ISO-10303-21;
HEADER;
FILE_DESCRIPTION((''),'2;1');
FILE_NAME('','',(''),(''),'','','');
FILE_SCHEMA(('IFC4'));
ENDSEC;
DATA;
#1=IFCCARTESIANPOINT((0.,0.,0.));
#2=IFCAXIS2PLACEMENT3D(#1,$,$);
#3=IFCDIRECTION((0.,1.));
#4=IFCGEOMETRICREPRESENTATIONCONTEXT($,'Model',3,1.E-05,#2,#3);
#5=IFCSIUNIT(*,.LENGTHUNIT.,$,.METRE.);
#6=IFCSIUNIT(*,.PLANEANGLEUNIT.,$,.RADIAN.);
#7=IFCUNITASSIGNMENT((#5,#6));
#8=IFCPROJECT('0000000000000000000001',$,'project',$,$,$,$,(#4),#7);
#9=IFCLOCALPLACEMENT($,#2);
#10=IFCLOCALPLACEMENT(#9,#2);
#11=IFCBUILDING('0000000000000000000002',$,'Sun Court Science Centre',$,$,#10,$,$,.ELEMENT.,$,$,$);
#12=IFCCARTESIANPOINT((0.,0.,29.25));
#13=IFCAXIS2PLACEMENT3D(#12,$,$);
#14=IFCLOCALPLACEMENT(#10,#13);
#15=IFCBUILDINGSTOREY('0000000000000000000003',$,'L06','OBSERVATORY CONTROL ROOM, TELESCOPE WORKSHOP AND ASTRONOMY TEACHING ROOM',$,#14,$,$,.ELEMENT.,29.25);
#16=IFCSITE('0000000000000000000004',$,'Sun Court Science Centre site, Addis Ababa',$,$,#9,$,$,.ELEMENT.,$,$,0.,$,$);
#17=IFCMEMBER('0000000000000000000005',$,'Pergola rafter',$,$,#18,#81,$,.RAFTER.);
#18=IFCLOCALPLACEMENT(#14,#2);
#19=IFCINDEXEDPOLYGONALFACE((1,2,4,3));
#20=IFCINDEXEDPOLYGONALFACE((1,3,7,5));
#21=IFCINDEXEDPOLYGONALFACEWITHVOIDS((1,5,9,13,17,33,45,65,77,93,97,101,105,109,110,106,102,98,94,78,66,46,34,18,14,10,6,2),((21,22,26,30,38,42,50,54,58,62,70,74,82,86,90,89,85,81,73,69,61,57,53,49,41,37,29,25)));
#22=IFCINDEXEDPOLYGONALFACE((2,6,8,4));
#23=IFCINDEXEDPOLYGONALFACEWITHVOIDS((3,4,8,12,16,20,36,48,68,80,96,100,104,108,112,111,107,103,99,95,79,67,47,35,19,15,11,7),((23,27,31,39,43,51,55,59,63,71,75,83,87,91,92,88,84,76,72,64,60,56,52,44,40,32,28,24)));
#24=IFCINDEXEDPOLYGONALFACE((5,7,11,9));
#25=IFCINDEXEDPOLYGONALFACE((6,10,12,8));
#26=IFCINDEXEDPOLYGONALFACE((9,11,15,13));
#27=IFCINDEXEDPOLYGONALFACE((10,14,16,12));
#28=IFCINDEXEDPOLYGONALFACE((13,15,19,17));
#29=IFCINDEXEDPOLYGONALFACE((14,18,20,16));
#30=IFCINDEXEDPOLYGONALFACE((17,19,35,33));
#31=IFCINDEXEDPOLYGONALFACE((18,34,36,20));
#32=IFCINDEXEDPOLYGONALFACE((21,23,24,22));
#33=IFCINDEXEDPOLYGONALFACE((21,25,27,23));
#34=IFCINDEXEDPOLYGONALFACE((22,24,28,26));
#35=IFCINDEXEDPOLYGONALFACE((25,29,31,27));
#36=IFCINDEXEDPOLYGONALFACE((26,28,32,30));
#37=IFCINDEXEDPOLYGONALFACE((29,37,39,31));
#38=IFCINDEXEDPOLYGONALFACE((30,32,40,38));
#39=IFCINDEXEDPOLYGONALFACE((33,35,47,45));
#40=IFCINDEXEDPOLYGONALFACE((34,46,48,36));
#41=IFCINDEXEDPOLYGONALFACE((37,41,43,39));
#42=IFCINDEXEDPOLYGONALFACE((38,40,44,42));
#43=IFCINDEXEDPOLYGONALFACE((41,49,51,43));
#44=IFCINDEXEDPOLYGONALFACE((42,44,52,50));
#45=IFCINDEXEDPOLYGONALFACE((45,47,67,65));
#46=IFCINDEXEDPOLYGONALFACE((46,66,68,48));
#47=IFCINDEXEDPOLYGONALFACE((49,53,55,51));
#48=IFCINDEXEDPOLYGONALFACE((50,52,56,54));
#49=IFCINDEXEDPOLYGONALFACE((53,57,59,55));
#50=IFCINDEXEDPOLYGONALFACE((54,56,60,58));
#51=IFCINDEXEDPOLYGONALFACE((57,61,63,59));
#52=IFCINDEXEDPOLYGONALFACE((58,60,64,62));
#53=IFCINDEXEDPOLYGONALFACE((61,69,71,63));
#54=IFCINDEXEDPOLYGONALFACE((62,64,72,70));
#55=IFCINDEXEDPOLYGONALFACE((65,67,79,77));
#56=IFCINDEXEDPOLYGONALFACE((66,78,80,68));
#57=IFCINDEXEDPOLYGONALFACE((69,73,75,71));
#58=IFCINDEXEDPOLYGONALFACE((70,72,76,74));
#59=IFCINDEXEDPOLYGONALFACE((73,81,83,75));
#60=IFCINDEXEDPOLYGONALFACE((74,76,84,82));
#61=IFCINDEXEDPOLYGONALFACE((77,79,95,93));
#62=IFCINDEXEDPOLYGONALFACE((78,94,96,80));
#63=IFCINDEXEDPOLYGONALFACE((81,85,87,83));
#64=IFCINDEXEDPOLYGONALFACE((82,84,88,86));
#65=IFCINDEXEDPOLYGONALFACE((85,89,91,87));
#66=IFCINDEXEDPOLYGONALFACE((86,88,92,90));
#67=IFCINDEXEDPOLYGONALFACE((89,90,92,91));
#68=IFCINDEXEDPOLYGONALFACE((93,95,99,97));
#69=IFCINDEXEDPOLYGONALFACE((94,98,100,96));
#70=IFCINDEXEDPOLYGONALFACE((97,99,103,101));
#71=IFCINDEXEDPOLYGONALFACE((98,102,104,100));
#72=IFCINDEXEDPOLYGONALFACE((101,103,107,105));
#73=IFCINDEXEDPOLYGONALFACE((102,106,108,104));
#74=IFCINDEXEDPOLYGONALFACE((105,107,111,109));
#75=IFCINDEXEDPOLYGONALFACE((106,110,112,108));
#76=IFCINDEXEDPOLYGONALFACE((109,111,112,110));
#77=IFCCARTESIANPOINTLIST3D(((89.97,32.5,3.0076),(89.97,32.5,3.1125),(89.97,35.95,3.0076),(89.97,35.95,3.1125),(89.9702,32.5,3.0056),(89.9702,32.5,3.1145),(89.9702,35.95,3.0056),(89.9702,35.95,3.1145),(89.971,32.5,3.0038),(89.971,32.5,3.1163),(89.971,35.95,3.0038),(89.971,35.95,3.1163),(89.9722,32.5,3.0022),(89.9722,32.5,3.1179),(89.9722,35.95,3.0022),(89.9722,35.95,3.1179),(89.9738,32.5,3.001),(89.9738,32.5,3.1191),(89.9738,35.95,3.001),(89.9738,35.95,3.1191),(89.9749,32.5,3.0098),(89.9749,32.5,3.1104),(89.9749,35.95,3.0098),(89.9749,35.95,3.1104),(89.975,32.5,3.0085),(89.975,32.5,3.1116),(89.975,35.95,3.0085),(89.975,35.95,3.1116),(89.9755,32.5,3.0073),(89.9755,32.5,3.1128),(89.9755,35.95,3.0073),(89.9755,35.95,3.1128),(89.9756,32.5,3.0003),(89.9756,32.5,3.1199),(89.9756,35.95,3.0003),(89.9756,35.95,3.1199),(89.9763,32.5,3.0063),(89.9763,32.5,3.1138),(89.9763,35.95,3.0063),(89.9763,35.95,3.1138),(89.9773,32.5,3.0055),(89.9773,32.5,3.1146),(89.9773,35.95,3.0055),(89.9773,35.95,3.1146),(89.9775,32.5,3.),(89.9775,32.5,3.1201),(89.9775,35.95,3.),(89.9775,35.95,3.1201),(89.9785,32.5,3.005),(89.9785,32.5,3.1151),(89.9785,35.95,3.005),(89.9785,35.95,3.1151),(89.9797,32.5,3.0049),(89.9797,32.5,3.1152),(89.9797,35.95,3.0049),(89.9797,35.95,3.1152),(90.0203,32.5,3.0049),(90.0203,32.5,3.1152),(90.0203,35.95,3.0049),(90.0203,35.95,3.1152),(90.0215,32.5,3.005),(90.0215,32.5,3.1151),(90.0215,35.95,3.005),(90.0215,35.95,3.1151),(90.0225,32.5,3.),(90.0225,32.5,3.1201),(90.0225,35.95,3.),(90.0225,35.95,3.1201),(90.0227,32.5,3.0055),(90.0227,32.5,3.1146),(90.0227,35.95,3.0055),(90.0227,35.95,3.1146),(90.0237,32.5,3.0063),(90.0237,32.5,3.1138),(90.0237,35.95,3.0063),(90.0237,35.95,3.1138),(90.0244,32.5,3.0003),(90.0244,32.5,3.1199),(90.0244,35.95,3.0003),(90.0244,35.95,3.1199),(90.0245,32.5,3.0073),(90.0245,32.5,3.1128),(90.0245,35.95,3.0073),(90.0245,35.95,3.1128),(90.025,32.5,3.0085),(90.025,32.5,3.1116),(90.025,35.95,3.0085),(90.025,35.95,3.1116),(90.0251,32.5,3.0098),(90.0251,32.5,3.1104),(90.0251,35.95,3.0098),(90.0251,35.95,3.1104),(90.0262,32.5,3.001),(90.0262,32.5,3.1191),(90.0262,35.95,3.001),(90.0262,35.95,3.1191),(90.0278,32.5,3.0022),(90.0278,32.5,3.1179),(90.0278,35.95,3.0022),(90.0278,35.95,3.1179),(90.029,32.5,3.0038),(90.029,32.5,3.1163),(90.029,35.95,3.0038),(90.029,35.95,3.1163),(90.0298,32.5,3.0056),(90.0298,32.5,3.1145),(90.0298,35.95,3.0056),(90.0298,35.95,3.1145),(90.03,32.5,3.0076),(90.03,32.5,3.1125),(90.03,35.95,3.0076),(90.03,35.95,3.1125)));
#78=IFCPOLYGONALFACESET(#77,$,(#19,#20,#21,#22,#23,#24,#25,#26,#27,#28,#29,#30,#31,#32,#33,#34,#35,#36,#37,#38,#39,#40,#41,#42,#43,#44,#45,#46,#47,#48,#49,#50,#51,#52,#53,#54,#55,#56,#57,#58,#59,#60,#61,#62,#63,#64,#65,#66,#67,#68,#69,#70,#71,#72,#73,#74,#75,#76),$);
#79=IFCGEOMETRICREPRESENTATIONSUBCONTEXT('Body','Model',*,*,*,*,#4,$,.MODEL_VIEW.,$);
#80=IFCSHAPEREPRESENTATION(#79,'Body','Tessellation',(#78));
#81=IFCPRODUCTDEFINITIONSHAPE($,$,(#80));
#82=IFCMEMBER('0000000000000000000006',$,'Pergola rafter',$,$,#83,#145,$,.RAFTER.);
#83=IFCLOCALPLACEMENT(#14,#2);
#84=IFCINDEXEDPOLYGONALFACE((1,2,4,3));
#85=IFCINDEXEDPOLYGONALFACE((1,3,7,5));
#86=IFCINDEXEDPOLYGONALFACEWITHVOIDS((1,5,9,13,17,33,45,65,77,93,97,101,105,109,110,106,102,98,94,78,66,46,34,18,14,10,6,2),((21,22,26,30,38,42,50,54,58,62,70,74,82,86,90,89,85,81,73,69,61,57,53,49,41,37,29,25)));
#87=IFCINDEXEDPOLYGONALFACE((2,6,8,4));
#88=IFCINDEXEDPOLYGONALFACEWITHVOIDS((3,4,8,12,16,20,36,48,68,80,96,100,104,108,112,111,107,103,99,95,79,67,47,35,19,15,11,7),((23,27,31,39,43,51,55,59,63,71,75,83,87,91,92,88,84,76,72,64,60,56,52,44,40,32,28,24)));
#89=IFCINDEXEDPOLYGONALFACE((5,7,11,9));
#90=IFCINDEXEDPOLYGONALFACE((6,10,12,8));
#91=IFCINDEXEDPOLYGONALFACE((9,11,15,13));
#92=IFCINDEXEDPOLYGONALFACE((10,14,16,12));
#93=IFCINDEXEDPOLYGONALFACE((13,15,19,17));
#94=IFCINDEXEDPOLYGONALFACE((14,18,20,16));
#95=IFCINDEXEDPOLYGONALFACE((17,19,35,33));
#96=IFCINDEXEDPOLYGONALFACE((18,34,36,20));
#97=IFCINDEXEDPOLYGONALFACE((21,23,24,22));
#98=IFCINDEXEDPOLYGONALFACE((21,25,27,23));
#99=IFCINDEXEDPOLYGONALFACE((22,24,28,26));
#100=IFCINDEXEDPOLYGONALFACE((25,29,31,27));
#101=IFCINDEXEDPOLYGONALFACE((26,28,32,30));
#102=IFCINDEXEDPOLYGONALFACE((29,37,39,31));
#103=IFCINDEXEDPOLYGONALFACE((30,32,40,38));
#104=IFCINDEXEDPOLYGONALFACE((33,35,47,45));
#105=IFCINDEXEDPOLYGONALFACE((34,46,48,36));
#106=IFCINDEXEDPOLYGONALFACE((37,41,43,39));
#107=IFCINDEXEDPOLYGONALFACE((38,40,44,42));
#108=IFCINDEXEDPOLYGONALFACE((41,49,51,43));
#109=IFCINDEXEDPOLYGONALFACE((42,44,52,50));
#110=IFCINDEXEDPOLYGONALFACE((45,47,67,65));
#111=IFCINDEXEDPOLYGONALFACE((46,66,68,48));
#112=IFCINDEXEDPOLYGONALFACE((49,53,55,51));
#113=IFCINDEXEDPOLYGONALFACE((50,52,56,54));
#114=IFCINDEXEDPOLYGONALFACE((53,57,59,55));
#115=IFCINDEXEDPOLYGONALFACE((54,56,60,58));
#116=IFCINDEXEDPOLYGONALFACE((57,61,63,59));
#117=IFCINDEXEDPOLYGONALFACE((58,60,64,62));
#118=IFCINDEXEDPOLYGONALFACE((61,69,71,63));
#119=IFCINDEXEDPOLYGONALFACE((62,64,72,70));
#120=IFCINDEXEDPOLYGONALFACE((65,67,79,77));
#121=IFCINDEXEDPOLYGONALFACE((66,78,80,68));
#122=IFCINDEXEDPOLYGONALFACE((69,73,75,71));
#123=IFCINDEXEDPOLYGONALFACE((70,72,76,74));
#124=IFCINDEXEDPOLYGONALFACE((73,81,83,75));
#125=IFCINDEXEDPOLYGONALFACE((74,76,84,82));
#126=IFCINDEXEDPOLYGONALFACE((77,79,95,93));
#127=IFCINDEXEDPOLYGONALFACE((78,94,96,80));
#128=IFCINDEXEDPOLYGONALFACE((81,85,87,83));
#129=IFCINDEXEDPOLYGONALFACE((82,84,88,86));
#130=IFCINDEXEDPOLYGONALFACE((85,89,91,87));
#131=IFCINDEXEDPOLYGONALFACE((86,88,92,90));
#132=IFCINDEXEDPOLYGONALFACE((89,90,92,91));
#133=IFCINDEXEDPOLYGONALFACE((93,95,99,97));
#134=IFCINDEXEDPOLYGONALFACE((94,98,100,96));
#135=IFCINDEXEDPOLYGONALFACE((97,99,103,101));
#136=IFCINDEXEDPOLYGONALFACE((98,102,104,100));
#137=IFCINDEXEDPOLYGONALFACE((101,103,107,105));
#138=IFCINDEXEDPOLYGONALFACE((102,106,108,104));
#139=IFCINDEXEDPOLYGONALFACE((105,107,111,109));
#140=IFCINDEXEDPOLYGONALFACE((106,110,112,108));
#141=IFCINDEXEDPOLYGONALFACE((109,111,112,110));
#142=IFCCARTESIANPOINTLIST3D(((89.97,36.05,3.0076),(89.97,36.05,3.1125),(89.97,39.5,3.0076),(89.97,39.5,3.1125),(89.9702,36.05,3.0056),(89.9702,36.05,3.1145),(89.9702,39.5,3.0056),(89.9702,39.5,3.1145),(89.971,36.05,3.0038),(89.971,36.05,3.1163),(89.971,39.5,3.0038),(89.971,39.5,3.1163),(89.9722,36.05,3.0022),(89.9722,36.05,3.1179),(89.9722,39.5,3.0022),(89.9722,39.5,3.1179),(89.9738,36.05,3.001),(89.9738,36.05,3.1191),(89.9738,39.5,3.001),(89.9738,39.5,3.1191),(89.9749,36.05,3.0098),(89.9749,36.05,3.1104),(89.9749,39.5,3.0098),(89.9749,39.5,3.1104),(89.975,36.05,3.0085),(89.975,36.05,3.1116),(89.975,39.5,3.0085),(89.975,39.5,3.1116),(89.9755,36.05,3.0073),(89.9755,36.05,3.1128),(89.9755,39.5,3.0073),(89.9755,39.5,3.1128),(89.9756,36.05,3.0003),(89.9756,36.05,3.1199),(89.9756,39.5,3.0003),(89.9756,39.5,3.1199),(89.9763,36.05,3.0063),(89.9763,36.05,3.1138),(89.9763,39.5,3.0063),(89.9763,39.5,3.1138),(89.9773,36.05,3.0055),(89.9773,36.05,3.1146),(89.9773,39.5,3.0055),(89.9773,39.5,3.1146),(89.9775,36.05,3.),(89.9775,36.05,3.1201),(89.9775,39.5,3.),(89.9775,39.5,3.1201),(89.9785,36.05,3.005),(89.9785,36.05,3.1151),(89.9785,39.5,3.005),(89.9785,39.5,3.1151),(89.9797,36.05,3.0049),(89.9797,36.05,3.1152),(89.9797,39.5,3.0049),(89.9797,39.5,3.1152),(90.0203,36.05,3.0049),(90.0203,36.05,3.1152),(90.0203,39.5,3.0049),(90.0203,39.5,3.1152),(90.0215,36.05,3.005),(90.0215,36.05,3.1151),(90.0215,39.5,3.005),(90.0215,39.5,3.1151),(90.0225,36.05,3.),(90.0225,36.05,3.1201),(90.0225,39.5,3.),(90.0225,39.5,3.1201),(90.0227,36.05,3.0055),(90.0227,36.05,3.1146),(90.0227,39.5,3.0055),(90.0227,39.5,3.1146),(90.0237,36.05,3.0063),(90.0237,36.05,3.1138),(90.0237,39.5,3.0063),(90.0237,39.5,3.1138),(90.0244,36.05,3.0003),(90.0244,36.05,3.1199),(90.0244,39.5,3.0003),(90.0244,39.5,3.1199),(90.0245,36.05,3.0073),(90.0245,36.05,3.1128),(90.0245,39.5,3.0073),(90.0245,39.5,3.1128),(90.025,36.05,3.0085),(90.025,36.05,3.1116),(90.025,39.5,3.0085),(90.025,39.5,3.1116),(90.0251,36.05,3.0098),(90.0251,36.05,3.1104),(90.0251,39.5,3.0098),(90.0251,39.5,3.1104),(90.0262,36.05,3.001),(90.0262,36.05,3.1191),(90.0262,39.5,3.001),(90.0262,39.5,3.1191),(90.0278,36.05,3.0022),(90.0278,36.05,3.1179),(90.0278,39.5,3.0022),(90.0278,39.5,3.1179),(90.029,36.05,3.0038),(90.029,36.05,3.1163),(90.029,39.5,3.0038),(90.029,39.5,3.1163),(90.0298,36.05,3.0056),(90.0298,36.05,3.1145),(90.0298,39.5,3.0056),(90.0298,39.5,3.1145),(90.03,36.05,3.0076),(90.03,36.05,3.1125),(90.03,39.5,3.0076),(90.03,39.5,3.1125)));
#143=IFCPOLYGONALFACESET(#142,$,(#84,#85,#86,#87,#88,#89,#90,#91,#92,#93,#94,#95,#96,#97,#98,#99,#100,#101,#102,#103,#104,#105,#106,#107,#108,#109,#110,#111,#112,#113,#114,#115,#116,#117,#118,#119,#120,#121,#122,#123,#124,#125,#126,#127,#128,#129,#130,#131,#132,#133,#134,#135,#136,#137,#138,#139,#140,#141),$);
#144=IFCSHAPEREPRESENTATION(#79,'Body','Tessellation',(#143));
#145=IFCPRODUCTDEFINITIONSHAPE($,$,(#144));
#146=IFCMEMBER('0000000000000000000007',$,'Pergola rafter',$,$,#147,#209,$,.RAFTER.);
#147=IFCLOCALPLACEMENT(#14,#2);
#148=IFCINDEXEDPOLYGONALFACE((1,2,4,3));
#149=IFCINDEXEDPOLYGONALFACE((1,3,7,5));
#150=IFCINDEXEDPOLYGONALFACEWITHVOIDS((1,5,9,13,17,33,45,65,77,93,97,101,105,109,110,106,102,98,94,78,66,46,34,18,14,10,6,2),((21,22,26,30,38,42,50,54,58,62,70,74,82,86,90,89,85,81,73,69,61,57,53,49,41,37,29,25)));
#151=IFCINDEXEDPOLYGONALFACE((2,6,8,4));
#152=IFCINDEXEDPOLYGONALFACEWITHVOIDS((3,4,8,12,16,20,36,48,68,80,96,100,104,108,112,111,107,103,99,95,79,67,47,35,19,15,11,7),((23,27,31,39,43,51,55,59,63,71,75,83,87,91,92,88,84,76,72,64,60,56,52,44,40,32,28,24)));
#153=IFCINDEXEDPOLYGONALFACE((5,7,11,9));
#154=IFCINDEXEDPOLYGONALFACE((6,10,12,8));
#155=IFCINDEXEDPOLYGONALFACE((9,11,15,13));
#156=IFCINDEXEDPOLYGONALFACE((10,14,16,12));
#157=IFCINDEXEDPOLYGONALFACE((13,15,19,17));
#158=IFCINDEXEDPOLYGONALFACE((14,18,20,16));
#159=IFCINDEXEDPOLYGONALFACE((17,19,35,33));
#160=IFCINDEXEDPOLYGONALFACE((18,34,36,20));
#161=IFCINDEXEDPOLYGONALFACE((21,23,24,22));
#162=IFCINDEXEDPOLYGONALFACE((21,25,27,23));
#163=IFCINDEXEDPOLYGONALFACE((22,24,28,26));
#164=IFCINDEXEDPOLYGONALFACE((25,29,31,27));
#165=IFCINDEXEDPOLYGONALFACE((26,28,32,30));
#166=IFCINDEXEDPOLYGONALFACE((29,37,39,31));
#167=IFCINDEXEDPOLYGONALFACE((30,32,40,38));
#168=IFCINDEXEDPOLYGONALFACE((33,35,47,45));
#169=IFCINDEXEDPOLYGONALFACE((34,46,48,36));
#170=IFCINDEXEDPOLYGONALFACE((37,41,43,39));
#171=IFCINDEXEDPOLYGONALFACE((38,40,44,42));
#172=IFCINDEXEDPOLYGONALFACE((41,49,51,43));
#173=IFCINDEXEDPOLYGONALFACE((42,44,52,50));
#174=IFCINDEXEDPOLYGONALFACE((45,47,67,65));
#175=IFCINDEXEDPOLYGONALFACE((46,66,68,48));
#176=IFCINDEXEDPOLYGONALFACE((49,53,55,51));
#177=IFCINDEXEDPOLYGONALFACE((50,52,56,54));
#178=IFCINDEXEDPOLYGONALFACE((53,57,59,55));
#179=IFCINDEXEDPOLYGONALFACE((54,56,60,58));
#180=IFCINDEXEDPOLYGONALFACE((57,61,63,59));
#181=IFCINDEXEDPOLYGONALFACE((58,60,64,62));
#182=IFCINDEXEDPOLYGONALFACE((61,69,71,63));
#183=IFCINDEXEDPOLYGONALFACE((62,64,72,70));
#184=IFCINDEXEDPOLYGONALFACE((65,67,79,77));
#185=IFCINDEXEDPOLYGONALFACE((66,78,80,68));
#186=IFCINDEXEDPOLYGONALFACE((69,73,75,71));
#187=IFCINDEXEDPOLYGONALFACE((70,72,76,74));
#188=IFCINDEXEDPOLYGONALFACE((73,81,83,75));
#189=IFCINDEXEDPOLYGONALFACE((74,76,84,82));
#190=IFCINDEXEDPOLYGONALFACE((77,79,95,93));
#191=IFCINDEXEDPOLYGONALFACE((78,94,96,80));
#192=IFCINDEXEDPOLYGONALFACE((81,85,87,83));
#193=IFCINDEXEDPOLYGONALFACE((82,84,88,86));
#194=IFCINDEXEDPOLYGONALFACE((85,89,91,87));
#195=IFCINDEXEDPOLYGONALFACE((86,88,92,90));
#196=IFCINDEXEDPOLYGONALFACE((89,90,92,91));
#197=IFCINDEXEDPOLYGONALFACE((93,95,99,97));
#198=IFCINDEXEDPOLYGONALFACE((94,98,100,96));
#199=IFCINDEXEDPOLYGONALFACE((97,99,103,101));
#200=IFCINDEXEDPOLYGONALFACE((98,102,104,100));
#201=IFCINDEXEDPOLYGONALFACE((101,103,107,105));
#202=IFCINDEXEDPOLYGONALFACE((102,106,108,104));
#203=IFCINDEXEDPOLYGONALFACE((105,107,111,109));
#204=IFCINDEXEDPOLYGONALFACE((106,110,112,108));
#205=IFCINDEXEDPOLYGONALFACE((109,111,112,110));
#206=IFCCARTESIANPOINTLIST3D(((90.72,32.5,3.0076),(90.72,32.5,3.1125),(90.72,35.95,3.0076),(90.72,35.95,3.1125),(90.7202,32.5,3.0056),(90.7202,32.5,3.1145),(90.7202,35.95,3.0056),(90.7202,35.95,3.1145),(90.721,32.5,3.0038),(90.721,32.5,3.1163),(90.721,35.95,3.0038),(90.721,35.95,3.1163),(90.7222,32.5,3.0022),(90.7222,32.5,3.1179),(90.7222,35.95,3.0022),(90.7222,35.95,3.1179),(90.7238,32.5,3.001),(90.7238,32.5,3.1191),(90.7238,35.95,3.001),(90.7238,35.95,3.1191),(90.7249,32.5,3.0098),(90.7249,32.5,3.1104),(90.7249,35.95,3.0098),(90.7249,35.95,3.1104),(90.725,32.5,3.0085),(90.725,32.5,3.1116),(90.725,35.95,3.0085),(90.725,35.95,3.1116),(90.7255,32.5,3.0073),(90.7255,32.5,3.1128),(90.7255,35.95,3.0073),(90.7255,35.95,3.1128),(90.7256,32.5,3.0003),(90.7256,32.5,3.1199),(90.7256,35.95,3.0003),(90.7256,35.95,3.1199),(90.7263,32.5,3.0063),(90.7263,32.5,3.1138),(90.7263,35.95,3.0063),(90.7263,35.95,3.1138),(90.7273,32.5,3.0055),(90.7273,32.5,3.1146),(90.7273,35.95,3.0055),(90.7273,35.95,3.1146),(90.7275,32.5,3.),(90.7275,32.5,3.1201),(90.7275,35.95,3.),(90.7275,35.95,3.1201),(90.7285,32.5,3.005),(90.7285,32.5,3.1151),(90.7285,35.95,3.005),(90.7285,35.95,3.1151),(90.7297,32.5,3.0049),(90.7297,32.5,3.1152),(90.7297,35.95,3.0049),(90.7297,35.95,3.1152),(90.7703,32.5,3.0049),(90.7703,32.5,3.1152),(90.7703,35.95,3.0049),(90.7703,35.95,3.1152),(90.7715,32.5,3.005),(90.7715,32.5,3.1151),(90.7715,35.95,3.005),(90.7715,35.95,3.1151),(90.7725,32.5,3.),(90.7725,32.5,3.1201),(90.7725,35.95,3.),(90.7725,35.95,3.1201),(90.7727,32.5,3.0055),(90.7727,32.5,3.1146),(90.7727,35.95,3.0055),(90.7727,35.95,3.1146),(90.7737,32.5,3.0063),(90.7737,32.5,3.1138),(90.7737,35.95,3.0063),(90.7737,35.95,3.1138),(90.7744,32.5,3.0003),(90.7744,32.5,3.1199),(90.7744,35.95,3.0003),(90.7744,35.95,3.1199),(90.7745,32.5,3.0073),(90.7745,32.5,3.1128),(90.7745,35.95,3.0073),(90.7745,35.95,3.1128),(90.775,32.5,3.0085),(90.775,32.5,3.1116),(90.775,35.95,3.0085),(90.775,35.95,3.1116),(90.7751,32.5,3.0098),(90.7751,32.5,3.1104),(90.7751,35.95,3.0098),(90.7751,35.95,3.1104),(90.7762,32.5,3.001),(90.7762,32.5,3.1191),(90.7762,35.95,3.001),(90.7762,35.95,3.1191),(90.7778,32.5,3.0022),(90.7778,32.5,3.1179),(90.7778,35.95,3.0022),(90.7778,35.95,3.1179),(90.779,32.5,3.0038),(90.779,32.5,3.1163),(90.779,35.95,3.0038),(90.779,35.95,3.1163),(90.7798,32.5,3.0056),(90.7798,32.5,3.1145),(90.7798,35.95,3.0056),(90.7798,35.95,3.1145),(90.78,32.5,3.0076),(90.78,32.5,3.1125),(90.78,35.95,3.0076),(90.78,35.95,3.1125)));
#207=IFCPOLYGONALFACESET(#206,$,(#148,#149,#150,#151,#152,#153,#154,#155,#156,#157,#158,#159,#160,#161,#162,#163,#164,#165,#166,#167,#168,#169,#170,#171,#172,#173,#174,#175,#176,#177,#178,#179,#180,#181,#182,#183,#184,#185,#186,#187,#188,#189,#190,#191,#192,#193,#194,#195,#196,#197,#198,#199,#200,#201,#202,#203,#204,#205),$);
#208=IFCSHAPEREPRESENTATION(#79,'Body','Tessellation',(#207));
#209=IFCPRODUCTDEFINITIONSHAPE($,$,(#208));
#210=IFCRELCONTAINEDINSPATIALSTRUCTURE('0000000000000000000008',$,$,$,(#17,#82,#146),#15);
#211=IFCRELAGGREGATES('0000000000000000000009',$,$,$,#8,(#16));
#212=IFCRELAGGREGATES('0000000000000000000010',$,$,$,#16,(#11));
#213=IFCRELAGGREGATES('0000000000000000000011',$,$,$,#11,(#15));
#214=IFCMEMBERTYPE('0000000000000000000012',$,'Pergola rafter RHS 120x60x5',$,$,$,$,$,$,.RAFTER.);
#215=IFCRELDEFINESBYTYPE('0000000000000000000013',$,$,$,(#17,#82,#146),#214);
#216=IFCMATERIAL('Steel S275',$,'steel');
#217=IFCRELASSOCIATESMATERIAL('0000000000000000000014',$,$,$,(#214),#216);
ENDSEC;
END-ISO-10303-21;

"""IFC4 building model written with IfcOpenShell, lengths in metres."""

from ifc_helpers import new_model, si_unit, direction, frame, origin, origin_2d, place, context, subcontext, project, spatial, hollow_rectangle, extrude, material, material_profile, profile_set, type_object, element, save


model = new_model("IFC4")

# Units and contexts
model_context = context("Model", 3, precision=1e-05, world=origin(), true_north=direction((0.0, 1.0)))
body_context = subcontext(model_context, "Body", "Model", "MODEL_VIEW")
ifc_project = project(units=[si_unit("LENGTHUNIT", "METRE"), si_unit("PLANEANGLEUNIT", "RADIAN")], contexts=[model_context])

# Site, building, storey
site_placement = place(None, origin())
site = spatial("IfcSite", under=ifc_project, at=site_placement, Name="Sun Court Science Centre site, Addis Ababa", CompositionType="ELEMENT", RefElevation=0.0)
building_placement = place(site_placement, origin())
building = spatial("IfcBuilding", under=site, at=building_placement, Name="Sun Court Science Centre", CompositionType="ELEMENT")
storey_placement = place(building_placement, frame((0.0, 0.0, 29.25)))
storey = spatial("IfcBuildingStorey", under=building, at=storey_placement, Name="L06", Description="OBSERVATORY CONTROL ROOM, TELESCOPE WORKSHOP AND ASTRONOMY TEACHING ROOM", CompositionType="ELEMENT", Elevation=29.25)

# Members
ifc_material_1 = material(Name="Steel S275", Category="steel")
ifc_material_profile_1 = material_profile(ifc_material_1, hollow_rectangle(XDim=0.0601, YDim=0.1201, WallThickness=0.0049, InnerFilletRadius=0.0049, OuterFilletRadius=0.0076, at=origin_2d()), Name="RHS 120x60x5")
ifc_profile_set_1 = profile_set([ifc_material_profile_1], Name="Steel S275")
member_type_1 = type_object("IfcMemberType", Name="Pergola rafter RHS 120x60x5", PredefinedType="RAFTER", material=ifc_profile_set_1)
for number, where, z_axis, x_axis, name in (
    (1, (90.0, 32.5, 3.0601), (0.0, 1.0, 0.0), (-1.0, 0.0, 0.0), "Pergola rafter"),
    (2, (90.0, 36.05, 3.0601), (0.0, 1.0, 0.0), (-1.0, 0.0, 0.0), "Pergola rafter"),
    (3, (90.75, 32.5, 3.0601), (0.0, 1.0, 0.0), (-1.0, 0.0, 0.0), "Pergola rafter"),
):
    element("IfcMember", number, at=place(storey_placement, frame(where, z_axis=z_axis, x_axis=x_axis)), inside=storey, type_object=member_type_1, Name=name, PredefinedType="RAFTER", context=body_context, shape_type="SweptSolid", body=[
        extrude(hollow_rectangle(XDim=0.0601, YDim=0.1201, WallThickness=0.0049, InnerFilletRadius=0.0049, OuterFilletRadius=0.0076, at=origin_2d()), origin(), (0.0, 0.0, 1.0), 3.45),
    ])

save(model, "model.ifc")
